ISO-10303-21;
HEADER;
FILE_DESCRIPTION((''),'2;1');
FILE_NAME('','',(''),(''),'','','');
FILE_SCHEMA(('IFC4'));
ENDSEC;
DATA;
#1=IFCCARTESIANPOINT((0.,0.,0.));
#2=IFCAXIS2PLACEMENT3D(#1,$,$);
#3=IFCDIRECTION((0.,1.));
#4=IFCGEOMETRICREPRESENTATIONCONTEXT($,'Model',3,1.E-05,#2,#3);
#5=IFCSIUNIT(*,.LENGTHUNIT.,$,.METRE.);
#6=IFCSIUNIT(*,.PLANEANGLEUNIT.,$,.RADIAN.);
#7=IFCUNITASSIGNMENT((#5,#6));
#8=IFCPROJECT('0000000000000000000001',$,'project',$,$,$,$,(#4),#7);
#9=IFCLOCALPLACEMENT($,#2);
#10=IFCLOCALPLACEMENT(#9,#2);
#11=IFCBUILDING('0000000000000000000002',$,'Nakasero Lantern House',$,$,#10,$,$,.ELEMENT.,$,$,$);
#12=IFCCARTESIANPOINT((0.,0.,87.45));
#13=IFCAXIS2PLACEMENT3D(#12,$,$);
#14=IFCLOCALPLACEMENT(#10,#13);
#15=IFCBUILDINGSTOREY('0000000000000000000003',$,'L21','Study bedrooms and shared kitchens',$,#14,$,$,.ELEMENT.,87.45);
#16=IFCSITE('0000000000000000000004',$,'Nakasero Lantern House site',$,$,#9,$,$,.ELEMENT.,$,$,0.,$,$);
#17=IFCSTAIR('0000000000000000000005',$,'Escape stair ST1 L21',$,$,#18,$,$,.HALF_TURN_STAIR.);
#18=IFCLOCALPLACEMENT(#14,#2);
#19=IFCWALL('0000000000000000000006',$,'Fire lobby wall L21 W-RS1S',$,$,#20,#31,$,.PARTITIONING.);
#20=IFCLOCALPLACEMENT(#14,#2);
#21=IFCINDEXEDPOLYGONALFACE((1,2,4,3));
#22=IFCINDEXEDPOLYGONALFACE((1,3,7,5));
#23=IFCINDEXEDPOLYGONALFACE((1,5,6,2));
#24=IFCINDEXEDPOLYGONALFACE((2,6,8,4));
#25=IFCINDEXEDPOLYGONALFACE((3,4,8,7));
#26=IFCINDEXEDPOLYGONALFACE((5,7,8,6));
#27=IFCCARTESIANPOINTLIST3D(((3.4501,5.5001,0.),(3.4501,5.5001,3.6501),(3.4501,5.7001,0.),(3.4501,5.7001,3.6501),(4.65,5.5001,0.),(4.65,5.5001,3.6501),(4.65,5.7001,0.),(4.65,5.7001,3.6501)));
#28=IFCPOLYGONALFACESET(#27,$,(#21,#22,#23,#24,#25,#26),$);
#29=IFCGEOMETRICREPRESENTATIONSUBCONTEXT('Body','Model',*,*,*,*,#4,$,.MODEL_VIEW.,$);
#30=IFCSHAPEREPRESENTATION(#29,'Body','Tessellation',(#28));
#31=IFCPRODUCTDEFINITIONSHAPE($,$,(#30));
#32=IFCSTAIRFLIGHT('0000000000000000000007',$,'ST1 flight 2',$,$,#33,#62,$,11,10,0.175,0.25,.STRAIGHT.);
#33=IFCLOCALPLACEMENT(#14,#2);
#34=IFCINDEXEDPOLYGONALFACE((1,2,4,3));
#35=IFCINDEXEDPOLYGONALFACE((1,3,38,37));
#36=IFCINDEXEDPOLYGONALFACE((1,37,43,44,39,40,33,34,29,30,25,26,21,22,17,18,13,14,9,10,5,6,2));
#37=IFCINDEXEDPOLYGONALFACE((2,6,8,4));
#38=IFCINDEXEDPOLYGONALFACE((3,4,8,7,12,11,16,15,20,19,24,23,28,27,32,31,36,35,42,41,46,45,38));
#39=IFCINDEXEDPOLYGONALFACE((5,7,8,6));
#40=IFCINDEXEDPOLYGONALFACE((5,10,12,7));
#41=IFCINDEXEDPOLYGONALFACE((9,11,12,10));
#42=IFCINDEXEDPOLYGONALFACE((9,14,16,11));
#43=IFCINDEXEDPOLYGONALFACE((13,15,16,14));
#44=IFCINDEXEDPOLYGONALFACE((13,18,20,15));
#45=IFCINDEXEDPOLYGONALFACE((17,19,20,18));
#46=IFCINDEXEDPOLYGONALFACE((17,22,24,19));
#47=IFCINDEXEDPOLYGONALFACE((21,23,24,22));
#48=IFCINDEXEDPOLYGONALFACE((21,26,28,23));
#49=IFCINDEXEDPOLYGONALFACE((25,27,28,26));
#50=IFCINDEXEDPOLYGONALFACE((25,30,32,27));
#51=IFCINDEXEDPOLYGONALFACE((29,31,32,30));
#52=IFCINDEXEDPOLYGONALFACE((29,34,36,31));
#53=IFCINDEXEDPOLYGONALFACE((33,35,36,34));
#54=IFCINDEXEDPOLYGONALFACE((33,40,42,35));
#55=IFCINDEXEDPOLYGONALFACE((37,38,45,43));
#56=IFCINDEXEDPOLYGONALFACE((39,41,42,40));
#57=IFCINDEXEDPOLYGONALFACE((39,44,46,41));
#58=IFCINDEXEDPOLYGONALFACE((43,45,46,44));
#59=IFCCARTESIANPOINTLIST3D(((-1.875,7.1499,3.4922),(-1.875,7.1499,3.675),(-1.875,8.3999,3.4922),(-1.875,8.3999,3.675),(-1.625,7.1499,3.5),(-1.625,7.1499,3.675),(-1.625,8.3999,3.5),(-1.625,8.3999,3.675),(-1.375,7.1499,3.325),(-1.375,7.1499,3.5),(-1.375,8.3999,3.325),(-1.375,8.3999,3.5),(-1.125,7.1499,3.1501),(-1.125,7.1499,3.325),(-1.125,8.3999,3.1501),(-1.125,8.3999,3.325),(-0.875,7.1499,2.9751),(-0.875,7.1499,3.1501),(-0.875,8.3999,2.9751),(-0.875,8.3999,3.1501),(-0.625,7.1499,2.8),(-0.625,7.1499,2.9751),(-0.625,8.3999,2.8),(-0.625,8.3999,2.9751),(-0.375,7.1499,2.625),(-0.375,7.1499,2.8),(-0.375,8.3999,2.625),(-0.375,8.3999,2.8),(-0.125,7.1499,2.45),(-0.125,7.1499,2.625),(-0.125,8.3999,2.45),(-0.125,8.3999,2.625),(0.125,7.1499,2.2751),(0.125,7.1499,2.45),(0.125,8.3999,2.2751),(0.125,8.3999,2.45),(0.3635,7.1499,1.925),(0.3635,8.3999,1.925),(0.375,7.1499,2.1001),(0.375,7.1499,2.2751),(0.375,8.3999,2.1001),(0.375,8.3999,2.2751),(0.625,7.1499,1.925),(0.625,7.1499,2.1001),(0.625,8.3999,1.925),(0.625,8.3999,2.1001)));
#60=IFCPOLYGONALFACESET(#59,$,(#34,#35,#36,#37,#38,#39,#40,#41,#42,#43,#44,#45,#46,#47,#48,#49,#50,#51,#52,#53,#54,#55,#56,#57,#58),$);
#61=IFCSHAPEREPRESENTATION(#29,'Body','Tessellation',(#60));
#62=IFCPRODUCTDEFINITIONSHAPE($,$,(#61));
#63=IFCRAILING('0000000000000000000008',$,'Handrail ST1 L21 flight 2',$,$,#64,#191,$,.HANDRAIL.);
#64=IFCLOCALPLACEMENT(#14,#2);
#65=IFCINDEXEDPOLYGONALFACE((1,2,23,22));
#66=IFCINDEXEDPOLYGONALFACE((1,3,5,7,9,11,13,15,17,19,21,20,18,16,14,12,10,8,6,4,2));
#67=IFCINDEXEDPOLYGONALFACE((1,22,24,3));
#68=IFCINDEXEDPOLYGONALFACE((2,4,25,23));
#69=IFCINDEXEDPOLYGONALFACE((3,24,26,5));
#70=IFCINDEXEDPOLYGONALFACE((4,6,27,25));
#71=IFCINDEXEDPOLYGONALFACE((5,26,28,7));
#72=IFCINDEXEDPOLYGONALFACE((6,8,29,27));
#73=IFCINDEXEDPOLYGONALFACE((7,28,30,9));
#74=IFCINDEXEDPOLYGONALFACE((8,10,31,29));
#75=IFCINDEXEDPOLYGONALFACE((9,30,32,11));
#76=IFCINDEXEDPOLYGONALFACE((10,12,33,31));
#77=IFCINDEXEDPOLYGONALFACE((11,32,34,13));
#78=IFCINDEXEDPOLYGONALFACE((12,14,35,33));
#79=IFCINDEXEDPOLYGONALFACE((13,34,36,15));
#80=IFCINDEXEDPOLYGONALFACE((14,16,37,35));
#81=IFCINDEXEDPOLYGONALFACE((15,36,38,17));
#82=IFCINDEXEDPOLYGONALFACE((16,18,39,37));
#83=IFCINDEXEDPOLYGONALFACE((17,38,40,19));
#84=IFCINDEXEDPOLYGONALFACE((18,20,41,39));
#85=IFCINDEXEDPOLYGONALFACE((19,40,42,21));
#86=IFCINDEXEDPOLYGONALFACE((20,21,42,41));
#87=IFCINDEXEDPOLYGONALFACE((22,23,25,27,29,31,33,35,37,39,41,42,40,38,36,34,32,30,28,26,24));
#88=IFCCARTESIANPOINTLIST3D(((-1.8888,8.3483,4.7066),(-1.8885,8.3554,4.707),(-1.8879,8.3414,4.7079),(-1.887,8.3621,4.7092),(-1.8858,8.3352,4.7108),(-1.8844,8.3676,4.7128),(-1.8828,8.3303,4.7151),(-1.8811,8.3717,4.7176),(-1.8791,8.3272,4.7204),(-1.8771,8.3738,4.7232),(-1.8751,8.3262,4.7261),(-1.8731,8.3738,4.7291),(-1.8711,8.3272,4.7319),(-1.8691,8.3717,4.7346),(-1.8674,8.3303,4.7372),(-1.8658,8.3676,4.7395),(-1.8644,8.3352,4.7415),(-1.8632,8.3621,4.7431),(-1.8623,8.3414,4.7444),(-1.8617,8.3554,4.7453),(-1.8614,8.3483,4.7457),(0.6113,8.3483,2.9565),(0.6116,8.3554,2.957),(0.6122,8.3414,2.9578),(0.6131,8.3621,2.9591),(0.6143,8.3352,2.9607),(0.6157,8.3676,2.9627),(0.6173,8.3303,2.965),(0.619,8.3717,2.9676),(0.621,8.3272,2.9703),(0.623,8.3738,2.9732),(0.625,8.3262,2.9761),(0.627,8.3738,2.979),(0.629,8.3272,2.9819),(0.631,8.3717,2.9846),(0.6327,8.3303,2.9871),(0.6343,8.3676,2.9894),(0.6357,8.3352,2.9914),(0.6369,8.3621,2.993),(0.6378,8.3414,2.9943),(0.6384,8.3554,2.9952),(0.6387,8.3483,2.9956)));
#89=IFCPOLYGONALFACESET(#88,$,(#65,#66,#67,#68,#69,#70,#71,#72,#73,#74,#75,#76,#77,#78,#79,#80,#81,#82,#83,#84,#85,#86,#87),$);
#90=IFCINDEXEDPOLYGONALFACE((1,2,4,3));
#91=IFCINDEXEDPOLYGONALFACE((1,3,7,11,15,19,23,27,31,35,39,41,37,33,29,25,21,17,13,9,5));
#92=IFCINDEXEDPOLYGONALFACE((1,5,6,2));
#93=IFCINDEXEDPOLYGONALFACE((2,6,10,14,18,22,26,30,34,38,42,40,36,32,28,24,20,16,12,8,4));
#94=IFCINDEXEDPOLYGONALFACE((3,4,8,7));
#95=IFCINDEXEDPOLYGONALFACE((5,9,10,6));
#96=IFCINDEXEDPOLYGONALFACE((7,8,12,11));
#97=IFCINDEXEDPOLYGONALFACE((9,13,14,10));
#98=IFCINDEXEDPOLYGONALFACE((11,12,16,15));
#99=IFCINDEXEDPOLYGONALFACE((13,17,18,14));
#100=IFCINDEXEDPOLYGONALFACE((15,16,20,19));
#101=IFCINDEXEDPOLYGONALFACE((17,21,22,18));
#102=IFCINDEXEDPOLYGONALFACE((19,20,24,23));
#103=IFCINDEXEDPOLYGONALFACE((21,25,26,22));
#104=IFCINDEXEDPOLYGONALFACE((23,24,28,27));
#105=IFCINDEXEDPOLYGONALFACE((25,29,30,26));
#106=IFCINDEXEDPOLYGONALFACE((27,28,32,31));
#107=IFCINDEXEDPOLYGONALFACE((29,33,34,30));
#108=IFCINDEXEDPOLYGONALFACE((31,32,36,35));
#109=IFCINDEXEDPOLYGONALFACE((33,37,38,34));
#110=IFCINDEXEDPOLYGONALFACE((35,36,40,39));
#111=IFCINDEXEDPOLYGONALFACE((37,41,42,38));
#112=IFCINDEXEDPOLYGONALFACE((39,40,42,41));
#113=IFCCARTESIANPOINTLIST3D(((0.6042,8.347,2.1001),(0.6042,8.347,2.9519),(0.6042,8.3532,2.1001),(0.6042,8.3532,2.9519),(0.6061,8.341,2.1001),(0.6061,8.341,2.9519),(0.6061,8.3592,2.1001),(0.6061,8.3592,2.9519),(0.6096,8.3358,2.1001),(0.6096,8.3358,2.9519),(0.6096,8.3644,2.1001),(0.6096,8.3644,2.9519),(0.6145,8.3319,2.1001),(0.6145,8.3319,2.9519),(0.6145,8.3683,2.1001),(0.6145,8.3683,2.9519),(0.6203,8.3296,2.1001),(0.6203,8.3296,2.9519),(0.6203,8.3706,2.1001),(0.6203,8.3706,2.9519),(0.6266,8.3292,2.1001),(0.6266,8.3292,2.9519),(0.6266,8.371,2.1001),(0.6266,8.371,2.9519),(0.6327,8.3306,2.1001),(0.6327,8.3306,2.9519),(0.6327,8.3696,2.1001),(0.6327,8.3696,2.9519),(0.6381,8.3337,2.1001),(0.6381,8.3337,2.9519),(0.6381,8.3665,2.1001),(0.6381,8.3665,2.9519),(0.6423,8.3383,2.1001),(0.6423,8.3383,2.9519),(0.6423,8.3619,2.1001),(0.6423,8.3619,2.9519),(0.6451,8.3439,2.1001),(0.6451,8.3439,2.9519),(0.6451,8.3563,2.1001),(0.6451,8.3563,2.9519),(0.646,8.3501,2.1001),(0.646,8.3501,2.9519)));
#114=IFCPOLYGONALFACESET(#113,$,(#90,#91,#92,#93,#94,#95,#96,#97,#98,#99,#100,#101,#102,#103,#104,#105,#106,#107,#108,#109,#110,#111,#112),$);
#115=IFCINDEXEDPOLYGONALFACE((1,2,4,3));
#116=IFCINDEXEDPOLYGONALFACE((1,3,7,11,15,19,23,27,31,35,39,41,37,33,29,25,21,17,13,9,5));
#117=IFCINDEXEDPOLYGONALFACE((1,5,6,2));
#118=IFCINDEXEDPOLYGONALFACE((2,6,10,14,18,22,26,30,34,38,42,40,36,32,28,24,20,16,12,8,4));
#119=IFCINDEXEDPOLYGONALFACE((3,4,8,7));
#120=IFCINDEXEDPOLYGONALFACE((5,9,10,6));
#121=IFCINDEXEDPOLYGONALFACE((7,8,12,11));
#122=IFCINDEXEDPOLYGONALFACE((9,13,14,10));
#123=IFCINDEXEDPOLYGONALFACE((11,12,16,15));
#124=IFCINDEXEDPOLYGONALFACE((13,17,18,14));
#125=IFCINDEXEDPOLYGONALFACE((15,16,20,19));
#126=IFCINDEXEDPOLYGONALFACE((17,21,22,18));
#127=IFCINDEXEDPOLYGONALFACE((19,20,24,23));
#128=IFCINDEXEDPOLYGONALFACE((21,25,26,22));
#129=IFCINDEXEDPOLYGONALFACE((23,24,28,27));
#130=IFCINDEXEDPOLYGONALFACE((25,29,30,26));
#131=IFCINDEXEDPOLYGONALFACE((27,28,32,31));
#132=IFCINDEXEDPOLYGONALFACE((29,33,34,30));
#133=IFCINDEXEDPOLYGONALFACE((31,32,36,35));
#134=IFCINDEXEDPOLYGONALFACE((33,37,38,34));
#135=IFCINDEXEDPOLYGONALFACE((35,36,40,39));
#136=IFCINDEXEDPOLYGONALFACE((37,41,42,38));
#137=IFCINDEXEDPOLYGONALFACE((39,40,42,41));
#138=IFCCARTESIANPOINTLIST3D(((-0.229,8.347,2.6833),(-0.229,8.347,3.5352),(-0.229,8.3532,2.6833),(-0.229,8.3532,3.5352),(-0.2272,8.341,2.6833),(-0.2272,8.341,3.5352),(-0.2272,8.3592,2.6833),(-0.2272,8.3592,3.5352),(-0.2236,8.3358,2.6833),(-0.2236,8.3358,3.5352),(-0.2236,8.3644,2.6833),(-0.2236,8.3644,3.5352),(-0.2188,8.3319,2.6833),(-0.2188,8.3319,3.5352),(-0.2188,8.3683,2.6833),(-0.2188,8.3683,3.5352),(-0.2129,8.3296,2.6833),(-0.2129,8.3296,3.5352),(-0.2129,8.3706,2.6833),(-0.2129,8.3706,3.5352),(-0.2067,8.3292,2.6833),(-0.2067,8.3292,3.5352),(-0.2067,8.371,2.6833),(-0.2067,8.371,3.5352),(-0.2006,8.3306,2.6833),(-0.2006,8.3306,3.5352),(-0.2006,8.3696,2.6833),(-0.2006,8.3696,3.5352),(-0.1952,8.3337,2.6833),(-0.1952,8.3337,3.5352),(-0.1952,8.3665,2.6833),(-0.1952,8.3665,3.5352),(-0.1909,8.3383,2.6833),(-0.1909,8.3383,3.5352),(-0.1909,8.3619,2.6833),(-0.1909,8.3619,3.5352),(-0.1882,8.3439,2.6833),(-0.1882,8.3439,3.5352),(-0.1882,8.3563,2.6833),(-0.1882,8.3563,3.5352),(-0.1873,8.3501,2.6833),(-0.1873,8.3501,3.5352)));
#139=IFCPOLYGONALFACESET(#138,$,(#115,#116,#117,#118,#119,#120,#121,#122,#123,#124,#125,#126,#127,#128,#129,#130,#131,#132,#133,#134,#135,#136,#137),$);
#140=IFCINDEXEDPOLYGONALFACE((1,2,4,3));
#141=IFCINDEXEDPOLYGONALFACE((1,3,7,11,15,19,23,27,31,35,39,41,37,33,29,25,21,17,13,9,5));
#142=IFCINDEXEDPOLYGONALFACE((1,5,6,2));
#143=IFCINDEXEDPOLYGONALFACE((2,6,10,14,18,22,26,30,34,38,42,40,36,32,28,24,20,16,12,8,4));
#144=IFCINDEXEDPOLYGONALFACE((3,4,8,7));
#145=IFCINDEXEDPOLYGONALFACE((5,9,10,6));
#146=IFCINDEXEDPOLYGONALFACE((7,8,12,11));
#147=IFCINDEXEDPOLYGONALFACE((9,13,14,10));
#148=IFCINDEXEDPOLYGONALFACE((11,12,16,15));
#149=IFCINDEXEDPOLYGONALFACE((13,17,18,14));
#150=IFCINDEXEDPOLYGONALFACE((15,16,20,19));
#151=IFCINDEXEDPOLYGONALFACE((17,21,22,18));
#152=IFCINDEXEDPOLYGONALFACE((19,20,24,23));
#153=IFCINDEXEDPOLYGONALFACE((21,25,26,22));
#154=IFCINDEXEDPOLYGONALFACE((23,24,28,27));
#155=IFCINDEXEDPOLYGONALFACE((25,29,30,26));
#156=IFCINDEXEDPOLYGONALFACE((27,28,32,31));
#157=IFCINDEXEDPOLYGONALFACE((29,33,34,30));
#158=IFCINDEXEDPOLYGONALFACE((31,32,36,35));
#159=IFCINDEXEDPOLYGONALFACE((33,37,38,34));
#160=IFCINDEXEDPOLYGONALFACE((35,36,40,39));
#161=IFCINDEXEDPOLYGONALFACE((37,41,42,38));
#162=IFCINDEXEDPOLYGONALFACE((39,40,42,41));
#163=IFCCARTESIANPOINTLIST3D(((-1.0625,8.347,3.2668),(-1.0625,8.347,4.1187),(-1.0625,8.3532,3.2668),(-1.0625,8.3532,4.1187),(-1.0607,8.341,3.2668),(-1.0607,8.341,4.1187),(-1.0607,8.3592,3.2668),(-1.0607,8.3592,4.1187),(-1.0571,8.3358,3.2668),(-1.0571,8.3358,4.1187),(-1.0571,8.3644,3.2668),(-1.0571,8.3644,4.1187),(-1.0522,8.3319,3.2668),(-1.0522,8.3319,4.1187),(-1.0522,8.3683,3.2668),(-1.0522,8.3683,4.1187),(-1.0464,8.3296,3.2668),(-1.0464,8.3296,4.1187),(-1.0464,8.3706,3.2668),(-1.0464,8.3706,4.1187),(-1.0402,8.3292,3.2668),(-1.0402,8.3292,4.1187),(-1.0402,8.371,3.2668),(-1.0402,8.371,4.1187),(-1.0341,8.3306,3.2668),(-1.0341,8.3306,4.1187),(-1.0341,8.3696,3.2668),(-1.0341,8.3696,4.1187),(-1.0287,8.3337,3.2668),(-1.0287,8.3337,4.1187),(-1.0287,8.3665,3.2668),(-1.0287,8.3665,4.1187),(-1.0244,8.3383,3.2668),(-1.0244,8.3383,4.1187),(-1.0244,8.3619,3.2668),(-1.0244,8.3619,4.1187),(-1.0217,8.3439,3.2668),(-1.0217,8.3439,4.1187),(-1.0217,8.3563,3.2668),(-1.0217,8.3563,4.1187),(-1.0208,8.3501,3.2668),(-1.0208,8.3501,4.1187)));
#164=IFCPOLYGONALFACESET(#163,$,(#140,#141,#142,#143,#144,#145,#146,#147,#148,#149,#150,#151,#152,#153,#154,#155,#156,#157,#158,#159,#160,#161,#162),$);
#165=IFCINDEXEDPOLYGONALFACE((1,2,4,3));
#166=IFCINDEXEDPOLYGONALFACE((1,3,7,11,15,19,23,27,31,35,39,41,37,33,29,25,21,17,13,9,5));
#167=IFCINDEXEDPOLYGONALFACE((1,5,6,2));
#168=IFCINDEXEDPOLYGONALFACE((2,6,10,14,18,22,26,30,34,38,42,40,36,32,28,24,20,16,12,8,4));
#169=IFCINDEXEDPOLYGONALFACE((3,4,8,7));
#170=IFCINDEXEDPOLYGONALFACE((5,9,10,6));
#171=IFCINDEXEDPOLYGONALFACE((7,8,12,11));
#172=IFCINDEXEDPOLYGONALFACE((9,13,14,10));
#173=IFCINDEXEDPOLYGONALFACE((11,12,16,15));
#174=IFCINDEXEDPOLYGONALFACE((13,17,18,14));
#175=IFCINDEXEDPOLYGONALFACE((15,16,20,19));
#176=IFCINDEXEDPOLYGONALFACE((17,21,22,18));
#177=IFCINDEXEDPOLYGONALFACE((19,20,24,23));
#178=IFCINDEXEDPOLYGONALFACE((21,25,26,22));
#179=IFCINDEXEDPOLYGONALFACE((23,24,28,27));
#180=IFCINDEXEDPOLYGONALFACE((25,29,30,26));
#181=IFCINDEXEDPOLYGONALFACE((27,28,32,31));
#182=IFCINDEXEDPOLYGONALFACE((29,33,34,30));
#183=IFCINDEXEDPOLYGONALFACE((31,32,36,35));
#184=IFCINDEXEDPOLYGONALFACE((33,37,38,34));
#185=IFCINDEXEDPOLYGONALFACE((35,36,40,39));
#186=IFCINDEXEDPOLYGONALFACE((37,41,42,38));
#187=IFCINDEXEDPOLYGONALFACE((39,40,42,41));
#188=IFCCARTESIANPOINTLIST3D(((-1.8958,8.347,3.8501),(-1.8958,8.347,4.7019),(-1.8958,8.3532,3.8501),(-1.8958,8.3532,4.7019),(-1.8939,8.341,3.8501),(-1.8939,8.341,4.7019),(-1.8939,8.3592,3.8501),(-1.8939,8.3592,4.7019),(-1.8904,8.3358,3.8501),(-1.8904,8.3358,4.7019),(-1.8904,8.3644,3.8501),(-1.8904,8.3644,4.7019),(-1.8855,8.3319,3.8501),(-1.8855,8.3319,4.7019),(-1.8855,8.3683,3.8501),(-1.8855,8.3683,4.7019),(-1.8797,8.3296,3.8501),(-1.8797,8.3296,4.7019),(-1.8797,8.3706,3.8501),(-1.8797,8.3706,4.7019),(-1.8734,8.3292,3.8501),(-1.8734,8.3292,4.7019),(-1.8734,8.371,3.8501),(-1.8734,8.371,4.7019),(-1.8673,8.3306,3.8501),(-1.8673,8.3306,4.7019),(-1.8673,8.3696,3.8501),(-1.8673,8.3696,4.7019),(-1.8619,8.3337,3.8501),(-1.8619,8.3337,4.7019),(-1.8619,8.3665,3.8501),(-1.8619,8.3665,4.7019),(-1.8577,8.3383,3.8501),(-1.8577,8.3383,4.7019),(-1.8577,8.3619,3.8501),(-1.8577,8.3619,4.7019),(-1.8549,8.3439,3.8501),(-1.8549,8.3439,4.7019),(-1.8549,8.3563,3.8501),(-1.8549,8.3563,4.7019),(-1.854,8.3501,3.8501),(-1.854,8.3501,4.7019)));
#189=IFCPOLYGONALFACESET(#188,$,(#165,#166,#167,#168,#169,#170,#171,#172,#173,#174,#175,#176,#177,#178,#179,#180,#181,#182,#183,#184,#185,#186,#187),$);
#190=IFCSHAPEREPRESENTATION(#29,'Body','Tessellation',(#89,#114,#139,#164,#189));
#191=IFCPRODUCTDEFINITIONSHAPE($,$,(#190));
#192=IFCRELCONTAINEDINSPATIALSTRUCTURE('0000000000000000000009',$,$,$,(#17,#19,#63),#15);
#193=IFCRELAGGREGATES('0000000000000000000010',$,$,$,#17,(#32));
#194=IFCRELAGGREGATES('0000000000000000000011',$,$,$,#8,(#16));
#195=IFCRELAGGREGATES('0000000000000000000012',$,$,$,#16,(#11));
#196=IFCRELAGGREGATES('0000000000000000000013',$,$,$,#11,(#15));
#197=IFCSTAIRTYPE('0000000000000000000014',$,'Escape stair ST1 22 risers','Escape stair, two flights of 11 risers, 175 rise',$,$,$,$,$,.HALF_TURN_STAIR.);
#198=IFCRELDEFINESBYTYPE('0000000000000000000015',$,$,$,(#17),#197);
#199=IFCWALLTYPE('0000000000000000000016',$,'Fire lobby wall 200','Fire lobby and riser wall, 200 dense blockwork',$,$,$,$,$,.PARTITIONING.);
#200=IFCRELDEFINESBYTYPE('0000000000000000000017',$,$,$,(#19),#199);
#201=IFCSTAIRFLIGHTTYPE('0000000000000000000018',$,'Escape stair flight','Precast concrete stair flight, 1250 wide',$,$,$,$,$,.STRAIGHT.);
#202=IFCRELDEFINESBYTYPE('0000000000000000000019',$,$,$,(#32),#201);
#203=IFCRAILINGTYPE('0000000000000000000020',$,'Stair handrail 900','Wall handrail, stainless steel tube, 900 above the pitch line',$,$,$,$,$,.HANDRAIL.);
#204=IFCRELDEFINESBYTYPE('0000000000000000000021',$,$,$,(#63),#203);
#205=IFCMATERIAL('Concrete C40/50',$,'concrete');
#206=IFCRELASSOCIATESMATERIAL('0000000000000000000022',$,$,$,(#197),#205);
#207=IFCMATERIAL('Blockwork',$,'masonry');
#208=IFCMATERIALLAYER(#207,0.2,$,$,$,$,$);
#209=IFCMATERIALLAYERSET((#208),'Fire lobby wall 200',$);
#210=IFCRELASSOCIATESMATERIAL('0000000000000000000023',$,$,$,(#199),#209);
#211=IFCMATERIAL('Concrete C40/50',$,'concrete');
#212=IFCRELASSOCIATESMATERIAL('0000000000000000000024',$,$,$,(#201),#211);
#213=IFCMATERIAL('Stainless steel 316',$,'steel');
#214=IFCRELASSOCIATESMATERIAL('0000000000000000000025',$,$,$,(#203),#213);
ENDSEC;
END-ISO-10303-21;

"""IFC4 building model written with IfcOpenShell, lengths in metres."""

from ifc_helpers import new_model, si_unit, direction, frame, frame_2d, origin, origin_2d, place, context, subcontext, project, spatial, polyline, rectangle, circle, outline, extrude, material, layer, layer_set, type_object, element, aggregate, save


model = new_model("IFC4")

# Units and contexts
model_context = context("Model", 3, precision=1e-05, world=origin(), true_north=direction((0.0, 1.0)))
body_context = subcontext(model_context, "Body", "Model", "MODEL_VIEW")
ifc_project = project(units=[si_unit("LENGTHUNIT", "METRE"), si_unit("PLANEANGLEUNIT", "RADIAN")], contexts=[model_context])

# Site, building, storey
site_placement = place(None, origin())
site = spatial("IfcSite", under=ifc_project, at=site_placement, Name="Nakasero Lantern House site", CompositionType="ELEMENT", RefElevation=0.0)
building_placement = place(site_placement, origin())
building = spatial("IfcBuilding", under=site, at=building_placement, Name="Nakasero Lantern House", CompositionType="ELEMENT")
storey_placement = place(building_placement, frame((0.0, 0.0, 87.45)))
storey = spatial("IfcBuildingStorey", under=building, at=storey_placement, Name="L21", Description="Study bedrooms and shared kitchens", CompositionType="ELEMENT", Elevation=87.45)

# Stair
ifc_material_1 = material(Name="Concrete C40/50", Category="concrete")
stair_type_1 = type_object("IfcStairType", Name="Escape stair ST1 22 risers", Description="Escape stair, two flights of 11 risers, 175 rise", PredefinedType="HALF_TURN_STAIR", material=ifc_material_1)
stair_1_placement = place(storey_placement, origin())
stair_1 = element("IfcStair", 1, at=stair_1_placement, inside=storey, type_object=stair_type_1, Name="Escape stair ST1 L21", PredefinedType="HALF_TURN_STAIR")

# Shared definitions
ifc_material_2 = material(Name="Blockwork", Category="masonry")
ifc_layer_1 = layer(ifc_material_2, 0.2)
ifc_layer_set_1 = layer_set([ifc_layer_1], Name="Fire lobby wall 200")
wall_type_1 = type_object("IfcWallType", Name="Fire lobby wall 200", Description="Fire lobby and riser wall, 200 dense blockwork", PredefinedType="PARTITIONING", material=ifc_layer_set_1)

# Wall
for number, where, z_axis, x_axis, name in (
    (2, (3.45, 5.6001, 0.0), (0.0, 0.0, 1.0), (1.0, 0.0, 0.0), "Fire lobby wall L21 W-RS1S"),
):
    element("IfcWall", number, at=place(storey_placement, frame(where, z_axis=z_axis, x_axis=x_axis)), inside=storey, type_object=wall_type_1, Name=name, PredefinedType="PARTITIONING", context=body_context, shape_type="SweptSolid", body=[
        extrude(rectangle(XDim=1.2, YDim=0.2, at=frame_2d((0.6001, 0.0))), origin(), (0.0, 0.0, 1.0), 3.6501),
    ])

# Stair flight
ifc_material_3 = material(Name="Concrete C40/50", Category="concrete")
stair_flight_type = type_object("IfcStairFlightType", Name="Escape stair flight", Description="Precast concrete stair flight, 1250 wide", PredefinedType="STRAIGHT", material=ifc_material_3)
stair_flight_placement = place(storey_placement, frame((0.625, 7.7749, 1.925), z_axis=(0.0, 0.0, 1.0), x_axis=(-1.0, 0.0, 0.0)))
stair_flight = element("IfcStairFlight", 3, at=stair_flight_placement, type_object=stair_flight_type, Name="ST1 flight 2", NumberOfRisers=11, NumberOfTreads=10, PredefinedType="STRAIGHT", RiserHeight=0.175, TreadLength=0.25, context=body_context, shape_type="SweptSolid", body=[
    extrude(outline(polyline([(0.0, 0.0), (0.0, 0.175), (0.25, 0.175), (0.25, 0.3501), (0.5, 0.3501), (0.5, 0.5249), (0.75, 0.5249), (0.75, 0.7), (1.0, 0.7), (1.0, 0.875), (1.25, 0.875), (1.25, 1.05), (1.5, 1.05), (1.5, 1.2251), (1.75, 1.2251), (1.75, 1.3999), (2.0, 1.3999), (2.0, 1.575), (2.25, 1.575), (2.25, 1.75), (2.5, 1.75), (2.5, 1.925), (2.5, 1.5671), (0.2615, 0.0), (0.0, 0.0)])), frame((0.0, 0.625, 0.0), z_axis=(0.0, -1.0, 0.0), x_axis=(1.0, 0.0, 0.0)), (0.0, 0.0, 1.0), 1.25),
])
aggregate(stair_1, [stair_flight])

# Railing
ifc_material_4 = material(Name="Stainless steel 316", Category="steel")
railing_type = type_object("IfcRailingType", Name="Stair handrail 900", Description="Wall handrail, stainless steel tube, 900 above the pitch line", PredefinedType="HANDRAIL", material=ifc_material_4)
railing_placement = place(storey_placement, frame((0.625, 8.3501, 2.1001)))
element("IfcRailing", 4, at=railing_placement, inside=storey, type_object=railing_type, Name="Handrail ST1 L21 flight 2", PredefinedType="HANDRAIL", context=body_context, shape_type="SweptSolid", body=[
    extrude(circle(Radius=0.0239, at=origin_2d()), frame((0.0, 0.0, 0.876), z_axis=(-0.819232, 0.0, 0.573462), x_axis=(0.0, -1.0, 0.0)), (0.0, 0.0, 1.0), 3.0518),
    extrude(circle(Radius=0.021, at=origin_2d()), origin(), (0.0, 0.0, 1.0), 0.8518),
    extrude(circle(Radius=0.021, at=origin_2d()), frame((-0.8333, 0.0, 0.5833)), (0.0, 0.0, 1.0), 0.8518),
    extrude(circle(Radius=0.021, at=origin_2d()), frame((-1.6667, 0.0, 1.1667)), (0.0, 0.0, 1.0), 0.8518),
    extrude(circle(Radius=0.021, at=origin_2d()), frame((-2.5, 0.0, 1.75)), (0.0, 0.0, 1.0), 0.8518),
])

save(model, "model.ifc")
